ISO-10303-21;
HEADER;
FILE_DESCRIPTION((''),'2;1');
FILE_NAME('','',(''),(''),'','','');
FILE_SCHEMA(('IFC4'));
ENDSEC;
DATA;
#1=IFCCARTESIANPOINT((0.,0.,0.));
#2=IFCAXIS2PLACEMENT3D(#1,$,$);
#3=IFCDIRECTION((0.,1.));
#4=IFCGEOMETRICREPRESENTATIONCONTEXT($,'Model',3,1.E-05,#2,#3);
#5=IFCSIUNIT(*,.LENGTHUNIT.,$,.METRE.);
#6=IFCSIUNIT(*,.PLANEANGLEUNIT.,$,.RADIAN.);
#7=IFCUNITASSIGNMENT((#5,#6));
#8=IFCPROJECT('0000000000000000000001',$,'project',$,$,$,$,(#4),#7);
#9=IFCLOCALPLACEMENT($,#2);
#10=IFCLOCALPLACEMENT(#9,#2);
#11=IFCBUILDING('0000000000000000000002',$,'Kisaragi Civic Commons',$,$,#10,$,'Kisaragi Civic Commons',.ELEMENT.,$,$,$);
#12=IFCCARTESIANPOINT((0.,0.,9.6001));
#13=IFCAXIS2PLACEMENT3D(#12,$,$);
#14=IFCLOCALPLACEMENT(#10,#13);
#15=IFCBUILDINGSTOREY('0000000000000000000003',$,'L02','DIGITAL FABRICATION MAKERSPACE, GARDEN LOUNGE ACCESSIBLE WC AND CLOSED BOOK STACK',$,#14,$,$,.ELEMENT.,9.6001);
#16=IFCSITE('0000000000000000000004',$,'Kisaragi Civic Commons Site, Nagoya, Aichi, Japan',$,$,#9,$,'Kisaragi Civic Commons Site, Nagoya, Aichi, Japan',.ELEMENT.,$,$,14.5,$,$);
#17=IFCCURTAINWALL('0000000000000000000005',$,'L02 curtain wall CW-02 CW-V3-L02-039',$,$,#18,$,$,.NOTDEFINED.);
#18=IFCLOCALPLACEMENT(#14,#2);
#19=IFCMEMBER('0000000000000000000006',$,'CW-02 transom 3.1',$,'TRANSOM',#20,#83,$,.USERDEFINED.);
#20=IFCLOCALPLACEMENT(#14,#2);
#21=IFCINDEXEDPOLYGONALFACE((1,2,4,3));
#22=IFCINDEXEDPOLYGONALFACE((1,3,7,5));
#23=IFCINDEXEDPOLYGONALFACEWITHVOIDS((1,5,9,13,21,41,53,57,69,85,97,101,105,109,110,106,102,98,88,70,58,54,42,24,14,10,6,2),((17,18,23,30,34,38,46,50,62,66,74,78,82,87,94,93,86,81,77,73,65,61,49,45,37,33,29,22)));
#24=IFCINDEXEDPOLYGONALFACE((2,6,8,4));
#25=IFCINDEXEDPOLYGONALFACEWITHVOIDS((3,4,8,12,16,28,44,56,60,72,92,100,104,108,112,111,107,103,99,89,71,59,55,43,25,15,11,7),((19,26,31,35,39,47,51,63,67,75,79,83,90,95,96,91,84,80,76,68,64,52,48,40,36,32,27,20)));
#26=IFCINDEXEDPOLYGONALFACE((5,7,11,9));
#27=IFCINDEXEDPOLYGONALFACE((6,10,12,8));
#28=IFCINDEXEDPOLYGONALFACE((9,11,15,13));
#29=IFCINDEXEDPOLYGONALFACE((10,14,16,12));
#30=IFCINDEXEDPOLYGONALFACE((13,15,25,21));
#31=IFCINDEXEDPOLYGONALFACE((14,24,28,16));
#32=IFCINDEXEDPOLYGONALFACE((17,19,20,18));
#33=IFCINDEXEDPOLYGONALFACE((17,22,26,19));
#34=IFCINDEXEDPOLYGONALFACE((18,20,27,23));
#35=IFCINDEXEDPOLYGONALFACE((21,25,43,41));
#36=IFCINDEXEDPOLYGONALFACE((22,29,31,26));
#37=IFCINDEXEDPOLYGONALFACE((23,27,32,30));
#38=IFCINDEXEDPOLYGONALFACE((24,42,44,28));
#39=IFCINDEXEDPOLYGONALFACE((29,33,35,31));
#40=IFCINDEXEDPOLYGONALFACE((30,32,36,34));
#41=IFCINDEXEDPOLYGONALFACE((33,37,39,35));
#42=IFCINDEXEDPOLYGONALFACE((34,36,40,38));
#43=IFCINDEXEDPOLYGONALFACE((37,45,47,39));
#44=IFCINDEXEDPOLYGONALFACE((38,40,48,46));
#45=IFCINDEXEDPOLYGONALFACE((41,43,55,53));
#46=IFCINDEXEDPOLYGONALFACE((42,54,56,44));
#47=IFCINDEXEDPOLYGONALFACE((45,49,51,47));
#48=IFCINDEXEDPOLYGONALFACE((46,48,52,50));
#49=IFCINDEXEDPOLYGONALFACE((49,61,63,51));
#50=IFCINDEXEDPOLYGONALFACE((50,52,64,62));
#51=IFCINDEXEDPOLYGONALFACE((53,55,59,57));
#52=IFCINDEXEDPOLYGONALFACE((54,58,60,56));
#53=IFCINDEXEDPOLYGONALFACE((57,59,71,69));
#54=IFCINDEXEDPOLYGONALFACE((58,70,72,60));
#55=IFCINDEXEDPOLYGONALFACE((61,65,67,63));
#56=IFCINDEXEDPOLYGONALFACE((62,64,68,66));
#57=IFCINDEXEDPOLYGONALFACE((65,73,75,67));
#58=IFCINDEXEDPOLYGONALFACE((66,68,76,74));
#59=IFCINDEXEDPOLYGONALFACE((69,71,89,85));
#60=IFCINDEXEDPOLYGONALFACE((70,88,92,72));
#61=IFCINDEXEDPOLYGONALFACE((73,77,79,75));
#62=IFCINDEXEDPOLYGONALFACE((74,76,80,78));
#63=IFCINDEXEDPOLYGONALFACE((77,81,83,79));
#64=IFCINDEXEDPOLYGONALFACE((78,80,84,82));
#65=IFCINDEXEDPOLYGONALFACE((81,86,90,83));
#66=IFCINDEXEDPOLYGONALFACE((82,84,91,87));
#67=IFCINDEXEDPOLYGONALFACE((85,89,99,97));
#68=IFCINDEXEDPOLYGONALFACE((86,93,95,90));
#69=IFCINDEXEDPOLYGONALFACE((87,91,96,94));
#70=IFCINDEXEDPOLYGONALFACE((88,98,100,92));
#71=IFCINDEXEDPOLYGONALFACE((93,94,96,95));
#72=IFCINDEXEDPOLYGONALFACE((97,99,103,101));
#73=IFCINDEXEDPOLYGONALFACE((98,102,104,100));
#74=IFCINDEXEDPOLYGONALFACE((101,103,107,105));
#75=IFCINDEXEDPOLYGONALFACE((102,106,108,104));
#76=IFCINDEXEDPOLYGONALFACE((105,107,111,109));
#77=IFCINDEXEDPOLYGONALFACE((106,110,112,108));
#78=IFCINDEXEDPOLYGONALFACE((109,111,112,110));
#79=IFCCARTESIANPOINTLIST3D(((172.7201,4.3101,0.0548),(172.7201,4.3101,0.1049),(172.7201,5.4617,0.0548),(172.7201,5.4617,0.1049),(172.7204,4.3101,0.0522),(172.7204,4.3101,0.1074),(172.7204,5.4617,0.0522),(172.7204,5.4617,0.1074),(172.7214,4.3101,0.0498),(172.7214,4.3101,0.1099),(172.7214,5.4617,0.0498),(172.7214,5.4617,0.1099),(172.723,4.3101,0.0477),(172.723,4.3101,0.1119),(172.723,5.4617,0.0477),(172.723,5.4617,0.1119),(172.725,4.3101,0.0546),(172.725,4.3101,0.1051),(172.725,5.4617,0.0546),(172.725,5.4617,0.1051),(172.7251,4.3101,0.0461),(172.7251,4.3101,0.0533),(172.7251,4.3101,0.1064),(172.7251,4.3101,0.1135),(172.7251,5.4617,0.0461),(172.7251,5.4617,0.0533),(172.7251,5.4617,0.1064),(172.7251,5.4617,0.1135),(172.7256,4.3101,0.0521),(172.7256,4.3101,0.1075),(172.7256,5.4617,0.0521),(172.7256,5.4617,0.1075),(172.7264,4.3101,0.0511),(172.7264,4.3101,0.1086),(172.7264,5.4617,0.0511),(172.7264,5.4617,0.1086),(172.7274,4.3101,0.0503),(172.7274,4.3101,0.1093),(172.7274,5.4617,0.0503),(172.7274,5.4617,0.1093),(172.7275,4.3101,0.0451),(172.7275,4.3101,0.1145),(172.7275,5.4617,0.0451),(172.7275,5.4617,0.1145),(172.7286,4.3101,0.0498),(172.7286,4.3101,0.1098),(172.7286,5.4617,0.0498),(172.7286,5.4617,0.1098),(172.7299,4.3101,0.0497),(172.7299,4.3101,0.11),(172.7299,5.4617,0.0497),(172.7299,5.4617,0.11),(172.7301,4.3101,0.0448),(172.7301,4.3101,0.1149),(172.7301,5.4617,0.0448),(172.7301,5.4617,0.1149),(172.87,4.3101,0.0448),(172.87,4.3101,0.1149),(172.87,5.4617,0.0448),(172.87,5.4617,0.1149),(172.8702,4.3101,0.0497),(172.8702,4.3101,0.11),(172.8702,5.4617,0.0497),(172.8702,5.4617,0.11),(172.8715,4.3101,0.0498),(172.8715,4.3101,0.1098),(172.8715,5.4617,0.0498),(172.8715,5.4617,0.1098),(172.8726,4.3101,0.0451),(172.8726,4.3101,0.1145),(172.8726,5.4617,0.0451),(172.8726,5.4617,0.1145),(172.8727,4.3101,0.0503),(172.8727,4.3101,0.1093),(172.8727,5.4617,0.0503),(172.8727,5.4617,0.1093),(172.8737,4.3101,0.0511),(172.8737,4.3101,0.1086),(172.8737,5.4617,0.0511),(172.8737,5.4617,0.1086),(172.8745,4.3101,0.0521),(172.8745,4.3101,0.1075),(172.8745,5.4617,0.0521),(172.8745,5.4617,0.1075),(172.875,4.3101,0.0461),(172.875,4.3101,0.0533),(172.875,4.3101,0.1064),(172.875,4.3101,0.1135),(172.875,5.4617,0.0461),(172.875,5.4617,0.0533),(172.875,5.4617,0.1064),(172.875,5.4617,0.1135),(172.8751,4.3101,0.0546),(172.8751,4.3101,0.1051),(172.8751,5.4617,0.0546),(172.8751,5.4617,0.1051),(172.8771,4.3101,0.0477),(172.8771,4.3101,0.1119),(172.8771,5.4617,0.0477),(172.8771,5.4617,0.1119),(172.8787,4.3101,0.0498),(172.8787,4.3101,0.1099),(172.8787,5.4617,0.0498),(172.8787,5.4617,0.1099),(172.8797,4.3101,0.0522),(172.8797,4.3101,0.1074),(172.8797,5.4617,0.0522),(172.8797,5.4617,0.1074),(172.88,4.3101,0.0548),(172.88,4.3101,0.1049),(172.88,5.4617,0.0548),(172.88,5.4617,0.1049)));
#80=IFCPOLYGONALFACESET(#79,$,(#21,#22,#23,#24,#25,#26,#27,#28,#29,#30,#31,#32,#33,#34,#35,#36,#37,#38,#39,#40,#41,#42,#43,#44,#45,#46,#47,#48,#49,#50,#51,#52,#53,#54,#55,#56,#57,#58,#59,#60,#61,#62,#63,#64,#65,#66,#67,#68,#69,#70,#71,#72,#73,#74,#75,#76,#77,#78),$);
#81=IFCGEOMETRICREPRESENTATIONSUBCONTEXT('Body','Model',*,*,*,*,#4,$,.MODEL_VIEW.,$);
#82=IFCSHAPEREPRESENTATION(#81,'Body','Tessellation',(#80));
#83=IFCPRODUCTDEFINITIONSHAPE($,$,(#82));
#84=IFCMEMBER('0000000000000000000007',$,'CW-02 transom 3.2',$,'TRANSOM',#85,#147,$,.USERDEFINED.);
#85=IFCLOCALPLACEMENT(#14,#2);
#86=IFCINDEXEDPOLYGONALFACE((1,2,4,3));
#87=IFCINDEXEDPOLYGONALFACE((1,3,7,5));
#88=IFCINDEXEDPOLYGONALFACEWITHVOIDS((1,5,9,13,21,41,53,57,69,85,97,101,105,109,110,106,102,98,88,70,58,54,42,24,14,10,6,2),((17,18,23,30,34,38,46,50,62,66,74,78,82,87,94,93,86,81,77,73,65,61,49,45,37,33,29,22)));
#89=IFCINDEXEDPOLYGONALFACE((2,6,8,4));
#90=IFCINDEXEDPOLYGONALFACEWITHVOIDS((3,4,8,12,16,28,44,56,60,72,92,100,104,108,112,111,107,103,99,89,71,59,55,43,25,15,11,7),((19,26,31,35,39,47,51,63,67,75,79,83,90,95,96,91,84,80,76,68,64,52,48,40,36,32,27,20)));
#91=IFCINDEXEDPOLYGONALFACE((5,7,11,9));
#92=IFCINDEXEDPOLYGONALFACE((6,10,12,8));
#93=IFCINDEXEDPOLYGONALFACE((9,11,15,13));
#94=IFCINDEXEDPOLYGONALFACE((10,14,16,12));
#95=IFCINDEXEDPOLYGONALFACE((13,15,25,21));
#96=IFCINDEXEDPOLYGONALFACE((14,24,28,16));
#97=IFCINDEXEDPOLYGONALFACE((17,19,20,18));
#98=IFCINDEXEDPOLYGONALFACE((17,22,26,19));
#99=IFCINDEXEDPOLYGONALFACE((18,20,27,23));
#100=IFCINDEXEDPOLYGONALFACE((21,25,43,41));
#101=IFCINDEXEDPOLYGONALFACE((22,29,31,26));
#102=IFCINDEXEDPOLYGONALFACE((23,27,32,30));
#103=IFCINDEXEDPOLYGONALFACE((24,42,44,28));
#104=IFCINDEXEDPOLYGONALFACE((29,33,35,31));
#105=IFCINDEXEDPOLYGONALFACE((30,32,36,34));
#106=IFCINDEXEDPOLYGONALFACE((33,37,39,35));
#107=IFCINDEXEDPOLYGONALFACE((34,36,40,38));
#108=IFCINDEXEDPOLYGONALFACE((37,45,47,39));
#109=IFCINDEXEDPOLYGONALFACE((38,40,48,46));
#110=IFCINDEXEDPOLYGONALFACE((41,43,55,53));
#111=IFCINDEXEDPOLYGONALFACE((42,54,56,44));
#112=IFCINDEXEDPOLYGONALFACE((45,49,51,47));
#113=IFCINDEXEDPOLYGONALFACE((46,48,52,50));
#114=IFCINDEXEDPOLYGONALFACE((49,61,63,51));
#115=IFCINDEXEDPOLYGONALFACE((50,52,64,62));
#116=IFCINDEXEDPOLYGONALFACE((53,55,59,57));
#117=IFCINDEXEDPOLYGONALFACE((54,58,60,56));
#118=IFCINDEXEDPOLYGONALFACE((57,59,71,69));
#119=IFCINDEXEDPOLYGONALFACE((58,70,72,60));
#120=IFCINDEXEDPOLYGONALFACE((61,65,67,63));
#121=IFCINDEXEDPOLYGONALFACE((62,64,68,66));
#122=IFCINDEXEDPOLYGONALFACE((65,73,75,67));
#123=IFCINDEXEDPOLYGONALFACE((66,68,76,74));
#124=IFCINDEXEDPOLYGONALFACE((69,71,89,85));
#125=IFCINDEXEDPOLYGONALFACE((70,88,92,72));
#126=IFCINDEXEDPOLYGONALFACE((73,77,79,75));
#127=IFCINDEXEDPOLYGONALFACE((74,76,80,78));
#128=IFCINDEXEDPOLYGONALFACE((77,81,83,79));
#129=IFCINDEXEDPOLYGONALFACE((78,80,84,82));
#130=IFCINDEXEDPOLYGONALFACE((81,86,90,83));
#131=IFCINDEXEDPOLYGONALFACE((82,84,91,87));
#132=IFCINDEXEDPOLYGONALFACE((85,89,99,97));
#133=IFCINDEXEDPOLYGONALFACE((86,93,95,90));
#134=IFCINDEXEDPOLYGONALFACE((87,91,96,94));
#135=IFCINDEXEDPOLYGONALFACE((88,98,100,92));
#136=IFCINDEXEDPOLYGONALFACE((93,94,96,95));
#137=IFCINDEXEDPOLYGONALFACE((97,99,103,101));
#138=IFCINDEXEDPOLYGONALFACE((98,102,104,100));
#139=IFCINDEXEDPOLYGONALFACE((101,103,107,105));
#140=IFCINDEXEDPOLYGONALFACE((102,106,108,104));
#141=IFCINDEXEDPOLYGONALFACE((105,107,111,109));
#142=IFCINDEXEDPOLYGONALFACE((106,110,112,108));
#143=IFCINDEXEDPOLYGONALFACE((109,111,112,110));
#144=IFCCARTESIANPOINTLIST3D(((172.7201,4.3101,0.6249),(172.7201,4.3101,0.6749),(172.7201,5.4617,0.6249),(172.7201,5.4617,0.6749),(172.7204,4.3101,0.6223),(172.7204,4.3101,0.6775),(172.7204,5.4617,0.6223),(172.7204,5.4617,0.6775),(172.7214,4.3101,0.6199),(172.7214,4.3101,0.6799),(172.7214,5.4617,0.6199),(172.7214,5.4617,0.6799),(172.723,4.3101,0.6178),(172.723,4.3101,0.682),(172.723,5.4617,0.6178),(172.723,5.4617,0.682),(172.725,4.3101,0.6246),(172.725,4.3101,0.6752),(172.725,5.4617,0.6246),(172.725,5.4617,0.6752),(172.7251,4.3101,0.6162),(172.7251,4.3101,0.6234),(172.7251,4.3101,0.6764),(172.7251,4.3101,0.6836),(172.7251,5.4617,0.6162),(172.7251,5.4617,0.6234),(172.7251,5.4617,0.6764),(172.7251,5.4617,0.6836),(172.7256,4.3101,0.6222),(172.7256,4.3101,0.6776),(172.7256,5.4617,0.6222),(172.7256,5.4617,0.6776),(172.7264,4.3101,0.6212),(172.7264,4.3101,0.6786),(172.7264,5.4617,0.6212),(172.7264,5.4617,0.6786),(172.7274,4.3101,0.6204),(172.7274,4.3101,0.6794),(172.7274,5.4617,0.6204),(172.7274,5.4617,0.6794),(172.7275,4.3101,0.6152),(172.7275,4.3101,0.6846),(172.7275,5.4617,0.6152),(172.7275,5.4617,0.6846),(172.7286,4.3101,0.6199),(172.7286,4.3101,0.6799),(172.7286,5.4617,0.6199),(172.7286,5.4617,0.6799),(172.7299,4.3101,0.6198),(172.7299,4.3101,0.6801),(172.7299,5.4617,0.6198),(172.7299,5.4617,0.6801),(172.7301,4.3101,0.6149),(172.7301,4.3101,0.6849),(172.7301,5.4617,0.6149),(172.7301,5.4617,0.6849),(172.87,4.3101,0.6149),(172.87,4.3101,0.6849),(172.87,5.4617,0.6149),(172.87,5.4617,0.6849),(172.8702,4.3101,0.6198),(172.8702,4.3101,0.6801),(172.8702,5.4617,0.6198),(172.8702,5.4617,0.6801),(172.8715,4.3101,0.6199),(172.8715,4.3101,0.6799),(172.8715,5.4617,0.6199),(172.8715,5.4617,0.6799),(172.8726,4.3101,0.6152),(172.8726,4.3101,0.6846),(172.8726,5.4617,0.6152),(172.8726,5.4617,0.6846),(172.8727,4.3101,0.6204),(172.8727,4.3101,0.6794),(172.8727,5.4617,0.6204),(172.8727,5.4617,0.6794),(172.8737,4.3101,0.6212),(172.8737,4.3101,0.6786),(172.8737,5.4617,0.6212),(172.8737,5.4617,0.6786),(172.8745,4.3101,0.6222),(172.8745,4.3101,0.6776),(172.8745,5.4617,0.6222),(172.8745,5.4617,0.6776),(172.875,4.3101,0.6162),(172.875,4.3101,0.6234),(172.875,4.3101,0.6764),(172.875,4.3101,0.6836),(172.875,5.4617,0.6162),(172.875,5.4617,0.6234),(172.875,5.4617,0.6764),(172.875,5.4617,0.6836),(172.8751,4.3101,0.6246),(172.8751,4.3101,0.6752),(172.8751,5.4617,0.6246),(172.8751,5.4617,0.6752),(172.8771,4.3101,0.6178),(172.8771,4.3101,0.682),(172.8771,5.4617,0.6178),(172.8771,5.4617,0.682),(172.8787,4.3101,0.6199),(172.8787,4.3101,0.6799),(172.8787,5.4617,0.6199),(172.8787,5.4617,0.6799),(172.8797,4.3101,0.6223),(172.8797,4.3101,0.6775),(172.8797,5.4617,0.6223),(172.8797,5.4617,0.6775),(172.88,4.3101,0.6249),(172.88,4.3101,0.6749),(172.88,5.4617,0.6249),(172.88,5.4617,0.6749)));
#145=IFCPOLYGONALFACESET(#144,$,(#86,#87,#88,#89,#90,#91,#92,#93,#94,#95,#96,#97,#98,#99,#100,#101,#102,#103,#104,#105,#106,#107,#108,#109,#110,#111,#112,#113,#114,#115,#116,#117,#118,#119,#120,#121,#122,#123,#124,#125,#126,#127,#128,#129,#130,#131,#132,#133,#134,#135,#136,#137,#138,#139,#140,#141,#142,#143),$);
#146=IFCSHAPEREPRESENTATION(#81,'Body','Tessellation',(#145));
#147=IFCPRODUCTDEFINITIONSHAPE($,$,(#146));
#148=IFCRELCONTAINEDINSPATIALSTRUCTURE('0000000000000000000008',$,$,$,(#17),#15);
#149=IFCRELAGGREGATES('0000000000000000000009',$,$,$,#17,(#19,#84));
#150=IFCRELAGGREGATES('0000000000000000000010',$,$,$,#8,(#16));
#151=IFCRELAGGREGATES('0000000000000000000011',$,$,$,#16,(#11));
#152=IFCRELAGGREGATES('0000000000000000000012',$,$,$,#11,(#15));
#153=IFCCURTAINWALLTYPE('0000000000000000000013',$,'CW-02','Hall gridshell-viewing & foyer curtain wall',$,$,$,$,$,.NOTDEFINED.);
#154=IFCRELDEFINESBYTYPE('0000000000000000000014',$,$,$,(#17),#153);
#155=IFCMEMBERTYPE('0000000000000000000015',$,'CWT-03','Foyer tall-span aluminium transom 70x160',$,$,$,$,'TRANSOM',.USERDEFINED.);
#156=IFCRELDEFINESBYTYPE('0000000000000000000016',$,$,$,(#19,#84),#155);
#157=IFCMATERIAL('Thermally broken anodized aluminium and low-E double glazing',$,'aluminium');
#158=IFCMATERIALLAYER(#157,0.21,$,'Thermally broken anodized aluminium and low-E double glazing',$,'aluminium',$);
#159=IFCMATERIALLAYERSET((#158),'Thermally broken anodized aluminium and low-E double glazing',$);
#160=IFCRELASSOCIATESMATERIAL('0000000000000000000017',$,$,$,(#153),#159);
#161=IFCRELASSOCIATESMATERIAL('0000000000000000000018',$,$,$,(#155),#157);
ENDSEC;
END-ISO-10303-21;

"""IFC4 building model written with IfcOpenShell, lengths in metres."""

from ifc_helpers import new_model, si_unit, direction, frame, origin, origin_2d, place, context, subcontext, project, spatial, hollow_rectangle, extrude, material, layer, layer_set, material_profile, profile_set, type_object, element, aggregate, save


model = new_model("IFC4")

# Units and contexts
model_context = context("Model", 3, precision=1e-05, world=origin(), true_north=direction((0.0, 1.0)))
body_context = subcontext(model_context, "Body", "Model", "MODEL_VIEW")
ifc_project = project(units=[si_unit("LENGTHUNIT", "METRE"), si_unit("PLANEANGLEUNIT", "RADIAN")], contexts=[model_context])

# Site, building, storey
site_placement = place(None, origin())
site = spatial("IfcSite", under=ifc_project, at=site_placement, Name="Kisaragi Civic Commons Site, Nagoya, Aichi, Japan", LongName="Kisaragi Civic Commons Site, Nagoya, Aichi, Japan", CompositionType="ELEMENT", RefElevation=14.5)
building_placement = place(site_placement, origin())
building = spatial("IfcBuilding", under=site, at=building_placement, Name="Kisaragi Civic Commons", LongName="Kisaragi Civic Commons", CompositionType="ELEMENT")
storey_placement = place(building_placement, frame((0.0, 0.0, 9.6001)))
storey = spatial("IfcBuildingStorey", under=building, at=storey_placement, Name="L02", Description="DIGITAL FABRICATION MAKERSPACE, GARDEN LOUNGE ACCESSIBLE WC AND CLOSED BOOK STACK", CompositionType="ELEMENT", Elevation=9.6001)

# Curtain wall
ifc_material_1 = material(Name="Thermally broken anodized aluminium and low-E double glazing", Category="aluminium")
ifc_layer_1 = layer(ifc_material_1, 0.21, Name="Thermally broken anodized aluminium and low-E double glazing", Category="aluminium")
ifc_layer_set_1 = layer_set([ifc_layer_1], Name="Thermally broken anodized aluminium and low-E double glazing")
curtain_wall_type = type_object("IfcCurtainWallType", Name="CW-02", Description="Hall gridshell-viewing & foyer curtain wall", PredefinedType="NOTDEFINED", material=ifc_layer_set_1)
curtain_wall_1_placement = place(storey_placement, origin())
curtain_wall_1 = element("IfcCurtainWall", 1, at=curtain_wall_1_placement, inside=storey, type_object=curtain_wall_type, Name="L02 curtain wall CW-02 CW-V3-L02-039", PredefinedType="NOTDEFINED")

# Members
ifc_material_profile_1 = material_profile(ifc_material_1, hollow_rectangle(XDim=0.1599, YDim=0.0701, WallThickness=0.0049, InnerFilletRadius=0.0049, OuterFilletRadius=0.01, at=origin_2d()), Name="CWT-70x160x5", Category="aluminium")
ifc_profile_set_1 = profile_set([ifc_material_profile_1], Name="Thermally broken anodized aluminium and low-E double glazing")
member_type_1 = type_object("IfcMemberType", Name="CWT-03", Description="Foyer tall-span aluminium transom 70x160", ElementType="TRANSOM", PredefinedType="USERDEFINED", material=ifc_profile_set_1)
member_1_placement = place(storey_placement, frame((172.8, 5.4617, 0.0798), z_axis=(0.0, -1.0, 0.0), x_axis=(1.0, 0.0, 0.0)))
member_1 = element("IfcMember", 2, at=member_1_placement, type_object=member_type_1, Name="CW-02 transom 3.1", ObjectType="TRANSOM", PredefinedType="USERDEFINED", context=body_context, shape_type="SweptSolid", body=[
    extrude(hollow_rectangle(XDim=0.1599, YDim=0.0701, WallThickness=0.0049, InnerFilletRadius=0.0049, OuterFilletRadius=0.01, at=origin_2d()), origin(), (0.0, 0.0, 1.0), 1.1516),
])
member_2_placement = place(storey_placement, frame((172.8, 5.4617, 0.6499), z_axis=(0.0, -1.0, 0.0), x_axis=(1.0, 0.0, 0.0)))
member_2 = element("IfcMember", 3, at=member_2_placement, type_object=member_type_1, Name="CW-02 transom 3.2", ObjectType="TRANSOM", PredefinedType="USERDEFINED", context=body_context, shape_type="SweptSolid", body=[
    extrude(hollow_rectangle(XDim=0.1599, YDim=0.0701, WallThickness=0.0049, InnerFilletRadius=0.0049, OuterFilletRadius=0.01, at=origin_2d()), origin(), (0.0, 0.0, 1.0), 1.1516),
])

aggregate(curtain_wall_1, [member_1, member_2])

save(model, "model.ifc")
